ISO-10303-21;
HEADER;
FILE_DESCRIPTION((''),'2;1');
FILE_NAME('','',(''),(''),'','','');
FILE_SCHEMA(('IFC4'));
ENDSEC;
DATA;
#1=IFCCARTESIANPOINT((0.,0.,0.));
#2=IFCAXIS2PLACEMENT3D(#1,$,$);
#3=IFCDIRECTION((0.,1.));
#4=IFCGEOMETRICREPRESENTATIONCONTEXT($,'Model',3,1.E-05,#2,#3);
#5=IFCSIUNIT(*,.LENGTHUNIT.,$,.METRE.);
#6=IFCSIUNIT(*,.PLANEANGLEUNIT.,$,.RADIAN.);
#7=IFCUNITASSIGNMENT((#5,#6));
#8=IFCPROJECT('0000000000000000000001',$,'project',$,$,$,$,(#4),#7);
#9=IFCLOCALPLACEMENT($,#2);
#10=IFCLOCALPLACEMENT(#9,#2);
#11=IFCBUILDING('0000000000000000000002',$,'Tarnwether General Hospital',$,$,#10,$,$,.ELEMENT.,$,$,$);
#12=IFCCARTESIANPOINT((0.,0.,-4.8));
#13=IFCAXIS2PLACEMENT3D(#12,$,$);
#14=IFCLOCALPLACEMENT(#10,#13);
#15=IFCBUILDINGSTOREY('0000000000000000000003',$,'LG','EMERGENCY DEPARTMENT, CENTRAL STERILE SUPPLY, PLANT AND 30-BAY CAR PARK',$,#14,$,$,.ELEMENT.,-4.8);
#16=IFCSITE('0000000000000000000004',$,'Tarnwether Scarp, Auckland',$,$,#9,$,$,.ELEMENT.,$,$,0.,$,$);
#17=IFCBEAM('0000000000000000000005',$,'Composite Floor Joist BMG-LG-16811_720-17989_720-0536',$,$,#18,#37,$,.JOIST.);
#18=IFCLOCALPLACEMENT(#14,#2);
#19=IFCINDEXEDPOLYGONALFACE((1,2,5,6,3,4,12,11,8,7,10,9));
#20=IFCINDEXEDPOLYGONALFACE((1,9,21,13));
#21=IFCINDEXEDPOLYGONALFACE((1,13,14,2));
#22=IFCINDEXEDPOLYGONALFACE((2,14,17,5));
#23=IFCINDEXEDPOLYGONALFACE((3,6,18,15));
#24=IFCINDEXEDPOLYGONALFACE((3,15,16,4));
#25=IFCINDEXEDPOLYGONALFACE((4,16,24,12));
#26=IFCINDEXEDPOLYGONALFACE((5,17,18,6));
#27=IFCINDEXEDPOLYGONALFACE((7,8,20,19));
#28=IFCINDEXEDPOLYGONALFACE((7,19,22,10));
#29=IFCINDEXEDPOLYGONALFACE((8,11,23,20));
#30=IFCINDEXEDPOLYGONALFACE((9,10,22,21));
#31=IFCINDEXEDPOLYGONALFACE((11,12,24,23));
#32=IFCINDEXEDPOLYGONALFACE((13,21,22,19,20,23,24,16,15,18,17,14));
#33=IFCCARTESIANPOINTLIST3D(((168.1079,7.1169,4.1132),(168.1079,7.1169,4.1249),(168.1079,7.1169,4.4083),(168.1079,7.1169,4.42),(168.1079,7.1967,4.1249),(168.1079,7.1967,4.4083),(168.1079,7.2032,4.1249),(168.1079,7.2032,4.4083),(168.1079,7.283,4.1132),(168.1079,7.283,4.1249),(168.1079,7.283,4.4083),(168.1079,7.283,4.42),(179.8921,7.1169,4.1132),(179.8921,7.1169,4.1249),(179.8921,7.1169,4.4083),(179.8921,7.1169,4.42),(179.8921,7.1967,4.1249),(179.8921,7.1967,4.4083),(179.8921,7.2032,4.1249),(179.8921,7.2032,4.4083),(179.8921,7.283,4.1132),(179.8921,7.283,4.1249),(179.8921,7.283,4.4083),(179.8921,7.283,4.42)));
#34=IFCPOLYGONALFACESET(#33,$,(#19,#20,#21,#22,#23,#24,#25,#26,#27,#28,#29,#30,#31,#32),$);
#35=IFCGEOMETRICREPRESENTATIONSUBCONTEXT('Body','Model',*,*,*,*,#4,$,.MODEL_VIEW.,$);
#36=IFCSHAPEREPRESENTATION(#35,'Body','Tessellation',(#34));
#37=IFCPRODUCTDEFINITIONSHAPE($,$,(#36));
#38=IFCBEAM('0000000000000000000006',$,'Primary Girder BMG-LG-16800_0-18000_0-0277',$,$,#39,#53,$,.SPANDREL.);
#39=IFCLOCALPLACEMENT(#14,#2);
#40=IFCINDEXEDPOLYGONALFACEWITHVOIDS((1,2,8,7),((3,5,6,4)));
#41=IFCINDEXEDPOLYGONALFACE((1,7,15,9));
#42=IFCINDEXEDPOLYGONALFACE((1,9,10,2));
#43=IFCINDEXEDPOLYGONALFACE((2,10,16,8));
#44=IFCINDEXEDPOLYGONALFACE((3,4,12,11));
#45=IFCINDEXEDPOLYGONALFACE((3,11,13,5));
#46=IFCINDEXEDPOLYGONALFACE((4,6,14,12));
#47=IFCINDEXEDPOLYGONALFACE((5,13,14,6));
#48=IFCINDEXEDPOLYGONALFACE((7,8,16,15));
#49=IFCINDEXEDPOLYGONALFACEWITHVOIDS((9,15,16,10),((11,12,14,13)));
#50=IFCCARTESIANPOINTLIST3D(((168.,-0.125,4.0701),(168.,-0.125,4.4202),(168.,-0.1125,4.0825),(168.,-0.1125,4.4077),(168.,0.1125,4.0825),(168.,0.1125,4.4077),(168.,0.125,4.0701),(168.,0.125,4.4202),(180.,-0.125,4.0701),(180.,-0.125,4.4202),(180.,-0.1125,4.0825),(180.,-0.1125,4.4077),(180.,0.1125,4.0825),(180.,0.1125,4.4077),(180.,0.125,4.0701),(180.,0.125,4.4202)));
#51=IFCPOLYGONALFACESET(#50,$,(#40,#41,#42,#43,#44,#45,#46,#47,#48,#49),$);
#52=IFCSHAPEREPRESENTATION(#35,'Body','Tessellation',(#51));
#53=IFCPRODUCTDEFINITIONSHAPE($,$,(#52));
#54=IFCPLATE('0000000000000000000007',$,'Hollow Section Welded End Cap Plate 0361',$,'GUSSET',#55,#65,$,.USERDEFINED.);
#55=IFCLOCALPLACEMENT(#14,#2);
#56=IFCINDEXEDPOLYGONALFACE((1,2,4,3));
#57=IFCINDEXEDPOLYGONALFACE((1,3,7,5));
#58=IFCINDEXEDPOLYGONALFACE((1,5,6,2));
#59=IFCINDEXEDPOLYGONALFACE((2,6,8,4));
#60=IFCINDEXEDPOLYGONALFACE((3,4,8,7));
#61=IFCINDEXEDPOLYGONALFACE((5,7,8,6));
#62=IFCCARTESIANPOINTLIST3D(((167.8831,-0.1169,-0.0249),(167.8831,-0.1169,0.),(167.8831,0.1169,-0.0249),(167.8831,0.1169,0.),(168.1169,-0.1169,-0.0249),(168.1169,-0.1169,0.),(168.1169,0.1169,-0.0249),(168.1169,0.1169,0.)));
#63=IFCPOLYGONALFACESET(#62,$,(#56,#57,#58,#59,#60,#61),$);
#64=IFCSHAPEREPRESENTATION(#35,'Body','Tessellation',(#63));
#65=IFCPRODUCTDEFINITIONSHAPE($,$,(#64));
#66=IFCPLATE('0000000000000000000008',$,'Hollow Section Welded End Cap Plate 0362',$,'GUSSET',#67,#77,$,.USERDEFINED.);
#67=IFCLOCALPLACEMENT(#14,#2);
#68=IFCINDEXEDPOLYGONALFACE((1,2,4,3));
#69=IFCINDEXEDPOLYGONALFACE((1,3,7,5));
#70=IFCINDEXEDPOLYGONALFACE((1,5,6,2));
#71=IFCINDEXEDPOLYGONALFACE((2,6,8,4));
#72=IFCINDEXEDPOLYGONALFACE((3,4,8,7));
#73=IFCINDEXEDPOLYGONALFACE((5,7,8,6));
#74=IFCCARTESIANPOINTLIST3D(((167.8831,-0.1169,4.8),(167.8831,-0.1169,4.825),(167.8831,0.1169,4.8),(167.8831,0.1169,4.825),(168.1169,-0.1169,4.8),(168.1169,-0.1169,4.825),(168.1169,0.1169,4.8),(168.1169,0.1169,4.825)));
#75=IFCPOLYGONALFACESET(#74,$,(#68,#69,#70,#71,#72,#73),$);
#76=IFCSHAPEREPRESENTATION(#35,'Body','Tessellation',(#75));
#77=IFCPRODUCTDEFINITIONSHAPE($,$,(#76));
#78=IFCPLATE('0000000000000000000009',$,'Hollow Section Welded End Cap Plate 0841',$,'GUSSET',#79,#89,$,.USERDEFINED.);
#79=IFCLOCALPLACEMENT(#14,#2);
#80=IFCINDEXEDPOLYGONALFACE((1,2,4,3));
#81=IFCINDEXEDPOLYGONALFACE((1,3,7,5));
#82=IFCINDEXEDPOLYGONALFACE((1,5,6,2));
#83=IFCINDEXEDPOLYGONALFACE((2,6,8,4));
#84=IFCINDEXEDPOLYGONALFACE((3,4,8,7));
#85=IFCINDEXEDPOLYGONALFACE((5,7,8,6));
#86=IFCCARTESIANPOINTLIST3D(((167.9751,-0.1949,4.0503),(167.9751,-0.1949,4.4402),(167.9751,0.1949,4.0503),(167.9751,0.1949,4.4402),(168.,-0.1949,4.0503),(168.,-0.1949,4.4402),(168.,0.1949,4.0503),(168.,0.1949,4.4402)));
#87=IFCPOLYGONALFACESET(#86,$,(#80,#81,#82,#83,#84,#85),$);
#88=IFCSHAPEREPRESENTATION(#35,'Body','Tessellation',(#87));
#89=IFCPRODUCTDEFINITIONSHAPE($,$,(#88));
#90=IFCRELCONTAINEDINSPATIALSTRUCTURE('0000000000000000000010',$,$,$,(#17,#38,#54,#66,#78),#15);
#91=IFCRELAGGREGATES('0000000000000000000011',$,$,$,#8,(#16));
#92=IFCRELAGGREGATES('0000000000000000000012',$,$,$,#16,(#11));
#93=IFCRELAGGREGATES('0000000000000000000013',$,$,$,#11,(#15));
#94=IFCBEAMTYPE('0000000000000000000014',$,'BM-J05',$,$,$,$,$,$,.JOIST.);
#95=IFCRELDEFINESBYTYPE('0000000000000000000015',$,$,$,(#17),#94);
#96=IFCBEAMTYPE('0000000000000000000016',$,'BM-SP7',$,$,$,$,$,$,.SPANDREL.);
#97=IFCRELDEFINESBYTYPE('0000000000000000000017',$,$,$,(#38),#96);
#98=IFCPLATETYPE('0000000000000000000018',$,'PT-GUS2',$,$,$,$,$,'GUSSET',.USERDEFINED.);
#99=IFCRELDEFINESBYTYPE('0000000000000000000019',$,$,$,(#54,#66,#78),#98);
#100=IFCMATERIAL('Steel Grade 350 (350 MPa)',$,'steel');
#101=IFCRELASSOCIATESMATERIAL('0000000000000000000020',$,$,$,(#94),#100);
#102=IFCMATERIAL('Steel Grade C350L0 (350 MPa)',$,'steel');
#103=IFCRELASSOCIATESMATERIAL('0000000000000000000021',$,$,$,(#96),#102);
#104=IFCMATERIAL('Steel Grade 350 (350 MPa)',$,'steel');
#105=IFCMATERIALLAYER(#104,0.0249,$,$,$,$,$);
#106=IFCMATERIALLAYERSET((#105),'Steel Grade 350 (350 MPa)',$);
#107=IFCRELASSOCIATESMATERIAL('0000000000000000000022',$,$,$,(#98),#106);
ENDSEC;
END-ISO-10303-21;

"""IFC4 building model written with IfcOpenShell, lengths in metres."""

from ifc_helpers import new_model, si_unit, direction, frame, origin, origin_2d, place, context, subcontext, project, spatial, rectangle, hollow_rectangle, i_section, extrude, material, layer, layer_set, material_profile, profile_set, type_object, element, save


model = new_model("IFC4")

# Units and contexts
model_context = context("Model", 3, precision=1e-05, world=origin(), true_north=direction((0.0, 1.0)))
body_context = subcontext(model_context, "Body", "Model", "MODEL_VIEW")
ifc_project = project(units=[si_unit("LENGTHUNIT", "METRE"), si_unit("PLANEANGLEUNIT", "RADIAN")], contexts=[model_context])

# Site, building, storey
site_placement = place(None, origin())
site = spatial("IfcSite", under=ifc_project, at=site_placement, Name="Tarnwether Scarp, Auckland", CompositionType="ELEMENT", RefElevation=0.0)
building_placement = place(site_placement, origin())
building = spatial("IfcBuilding", under=site, at=building_placement, Name="Tarnwether General Hospital", CompositionType="ELEMENT")
storey_placement = place(building_placement, frame((0.0, 0.0, -4.8)))
storey = spatial("IfcBuildingStorey", under=building, at=storey_placement, Name="LG", Description="EMERGENCY DEPARTMENT, CENTRAL STERILE SUPPLY, PLANT AND 30-BAY CAR PARK", CompositionType="ELEMENT", Elevation=-4.8)

# Beams
ifc_material_1 = material(Name="Steel Grade 350 (350 MPa)", Category="steel")
ifc_material_profile_1 = material_profile(ifc_material_1, i_section(OverallWidth=0.166, OverallDepth=0.3069, WebThickness=0.0066, FlangeThickness=0.0117, at=origin_2d()), Name="310UB46.2")
ifc_profile_set_1 = profile_set([ifc_material_profile_1], Name="Steel Grade 350 (350 MPa)")
beam_type_1 = type_object("IfcBeamType", Name="BM-J05", PredefinedType="JOIST", material=ifc_profile_set_1)
beam_1_placement = place(storey_placement, frame((168.1079, 7.2, 4.2666), z_axis=(1.0, 0.0, 0.0), x_axis=(0.0, 1.0, 0.0)))
element("IfcBeam", 1, at=beam_1_placement, inside=storey, type_object=beam_type_1, Name="Composite Floor Joist BMG-LG-16811_720-17989_720-0536", PredefinedType="JOIST", context=body_context, shape_type="SweptSolid", body=[
    extrude(i_section(OverallWidth=0.166, OverallDepth=0.3069, WebThickness=0.0066, FlangeThickness=0.0117, at=origin_2d()), origin(), (0.0, 0.0, 1.0), 11.7842),
])
ifc_material_2 = material(Name="Steel Grade C350L0 (350 MPa)", Category="steel")
ifc_material_profile_2 = material_profile(ifc_material_2, hollow_rectangle(XDim=0.25, YDim=0.3501, WallThickness=0.0125, at=origin_2d()), Name="RHS350x250x12.5")
ifc_profile_set_2 = profile_set([ifc_material_profile_2], Name="Steel Grade C350L0 (350 MPa)")
beam_type_2 = type_object("IfcBeamType", Name="BM-SP7", PredefinedType="SPANDREL", material=ifc_profile_set_2)
beam_2_placement = place(storey_placement, frame((168.0, 0.0, 4.2451), z_axis=(1.0, 0.0, 0.0), x_axis=(0.0, 1.0, 0.0)))
element("IfcBeam", 2, at=beam_2_placement, inside=storey, type_object=beam_type_2, Name="Primary Girder BMG-LG-16800_0-18000_0-0277", PredefinedType="SPANDREL", context=body_context, shape_type="SweptSolid", body=[
    extrude(hollow_rectangle(XDim=0.25, YDim=0.3501, WallThickness=0.0125, at=origin_2d()), origin(), (0.0, 0.0, 1.0), 12.0),
])

# Plates
ifc_material_3 = material(Name="Steel Grade 350 (350 MPa)", Category="steel")
ifc_layer = layer(ifc_material_3, 0.0249)
ifc_layer_set = layer_set([ifc_layer], Name="Steel Grade 350 (350 MPa)")
plate_type = type_object("IfcPlateType", Name="PT-GUS2", ElementType="GUSSET", PredefinedType="USERDEFINED", material=ifc_layer_set)
for number, where, z_axis, x_axis, name in (
    (3, (168.0, 0.0, -0.0249), (0.0, 0.0, 1.0), (1.0, 0.0, 0.0), "Hollow Section Welded End Cap Plate 0361"),
    (4, (168.0, 0.0, 4.8), (0.0, 0.0, 1.0), (1.0, 0.0, 0.0), "Hollow Section Welded End Cap Plate 0362"),
):
    element("IfcPlate", number, at=place(storey_placement, frame(where, z_axis=z_axis, x_axis=x_axis)), inside=storey, type_object=plate_type, Name=name, ObjectType="GUSSET", PredefinedType="USERDEFINED", context=body_context, shape_type="SweptSolid", body=[
        extrude(rectangle(XDim=0.2339, YDim=0.2339, at=origin_2d()), origin(), (0.0, 0.0, 1.0), 0.0249),
    ])
plate_placement = place(storey_placement, frame((167.9875, 0.0, 4.0503), z_axis=(0.0, 0.0, 1.0), x_axis=(1.0, 0.0, 0.0)))
element("IfcPlate", 5, at=plate_placement, inside=storey, type_object=plate_type, Name="Hollow Section Welded End Cap Plate 0841", ObjectType="GUSSET", PredefinedType="USERDEFINED", context=body_context, shape_type="SweptSolid", body=[
    extrude(rectangle(XDim=0.0249, YDim=0.3899, at=origin_2d()), origin(), (0.0, 0.0, 1.0), 0.3899),
])

save(model, "model.ifc")
